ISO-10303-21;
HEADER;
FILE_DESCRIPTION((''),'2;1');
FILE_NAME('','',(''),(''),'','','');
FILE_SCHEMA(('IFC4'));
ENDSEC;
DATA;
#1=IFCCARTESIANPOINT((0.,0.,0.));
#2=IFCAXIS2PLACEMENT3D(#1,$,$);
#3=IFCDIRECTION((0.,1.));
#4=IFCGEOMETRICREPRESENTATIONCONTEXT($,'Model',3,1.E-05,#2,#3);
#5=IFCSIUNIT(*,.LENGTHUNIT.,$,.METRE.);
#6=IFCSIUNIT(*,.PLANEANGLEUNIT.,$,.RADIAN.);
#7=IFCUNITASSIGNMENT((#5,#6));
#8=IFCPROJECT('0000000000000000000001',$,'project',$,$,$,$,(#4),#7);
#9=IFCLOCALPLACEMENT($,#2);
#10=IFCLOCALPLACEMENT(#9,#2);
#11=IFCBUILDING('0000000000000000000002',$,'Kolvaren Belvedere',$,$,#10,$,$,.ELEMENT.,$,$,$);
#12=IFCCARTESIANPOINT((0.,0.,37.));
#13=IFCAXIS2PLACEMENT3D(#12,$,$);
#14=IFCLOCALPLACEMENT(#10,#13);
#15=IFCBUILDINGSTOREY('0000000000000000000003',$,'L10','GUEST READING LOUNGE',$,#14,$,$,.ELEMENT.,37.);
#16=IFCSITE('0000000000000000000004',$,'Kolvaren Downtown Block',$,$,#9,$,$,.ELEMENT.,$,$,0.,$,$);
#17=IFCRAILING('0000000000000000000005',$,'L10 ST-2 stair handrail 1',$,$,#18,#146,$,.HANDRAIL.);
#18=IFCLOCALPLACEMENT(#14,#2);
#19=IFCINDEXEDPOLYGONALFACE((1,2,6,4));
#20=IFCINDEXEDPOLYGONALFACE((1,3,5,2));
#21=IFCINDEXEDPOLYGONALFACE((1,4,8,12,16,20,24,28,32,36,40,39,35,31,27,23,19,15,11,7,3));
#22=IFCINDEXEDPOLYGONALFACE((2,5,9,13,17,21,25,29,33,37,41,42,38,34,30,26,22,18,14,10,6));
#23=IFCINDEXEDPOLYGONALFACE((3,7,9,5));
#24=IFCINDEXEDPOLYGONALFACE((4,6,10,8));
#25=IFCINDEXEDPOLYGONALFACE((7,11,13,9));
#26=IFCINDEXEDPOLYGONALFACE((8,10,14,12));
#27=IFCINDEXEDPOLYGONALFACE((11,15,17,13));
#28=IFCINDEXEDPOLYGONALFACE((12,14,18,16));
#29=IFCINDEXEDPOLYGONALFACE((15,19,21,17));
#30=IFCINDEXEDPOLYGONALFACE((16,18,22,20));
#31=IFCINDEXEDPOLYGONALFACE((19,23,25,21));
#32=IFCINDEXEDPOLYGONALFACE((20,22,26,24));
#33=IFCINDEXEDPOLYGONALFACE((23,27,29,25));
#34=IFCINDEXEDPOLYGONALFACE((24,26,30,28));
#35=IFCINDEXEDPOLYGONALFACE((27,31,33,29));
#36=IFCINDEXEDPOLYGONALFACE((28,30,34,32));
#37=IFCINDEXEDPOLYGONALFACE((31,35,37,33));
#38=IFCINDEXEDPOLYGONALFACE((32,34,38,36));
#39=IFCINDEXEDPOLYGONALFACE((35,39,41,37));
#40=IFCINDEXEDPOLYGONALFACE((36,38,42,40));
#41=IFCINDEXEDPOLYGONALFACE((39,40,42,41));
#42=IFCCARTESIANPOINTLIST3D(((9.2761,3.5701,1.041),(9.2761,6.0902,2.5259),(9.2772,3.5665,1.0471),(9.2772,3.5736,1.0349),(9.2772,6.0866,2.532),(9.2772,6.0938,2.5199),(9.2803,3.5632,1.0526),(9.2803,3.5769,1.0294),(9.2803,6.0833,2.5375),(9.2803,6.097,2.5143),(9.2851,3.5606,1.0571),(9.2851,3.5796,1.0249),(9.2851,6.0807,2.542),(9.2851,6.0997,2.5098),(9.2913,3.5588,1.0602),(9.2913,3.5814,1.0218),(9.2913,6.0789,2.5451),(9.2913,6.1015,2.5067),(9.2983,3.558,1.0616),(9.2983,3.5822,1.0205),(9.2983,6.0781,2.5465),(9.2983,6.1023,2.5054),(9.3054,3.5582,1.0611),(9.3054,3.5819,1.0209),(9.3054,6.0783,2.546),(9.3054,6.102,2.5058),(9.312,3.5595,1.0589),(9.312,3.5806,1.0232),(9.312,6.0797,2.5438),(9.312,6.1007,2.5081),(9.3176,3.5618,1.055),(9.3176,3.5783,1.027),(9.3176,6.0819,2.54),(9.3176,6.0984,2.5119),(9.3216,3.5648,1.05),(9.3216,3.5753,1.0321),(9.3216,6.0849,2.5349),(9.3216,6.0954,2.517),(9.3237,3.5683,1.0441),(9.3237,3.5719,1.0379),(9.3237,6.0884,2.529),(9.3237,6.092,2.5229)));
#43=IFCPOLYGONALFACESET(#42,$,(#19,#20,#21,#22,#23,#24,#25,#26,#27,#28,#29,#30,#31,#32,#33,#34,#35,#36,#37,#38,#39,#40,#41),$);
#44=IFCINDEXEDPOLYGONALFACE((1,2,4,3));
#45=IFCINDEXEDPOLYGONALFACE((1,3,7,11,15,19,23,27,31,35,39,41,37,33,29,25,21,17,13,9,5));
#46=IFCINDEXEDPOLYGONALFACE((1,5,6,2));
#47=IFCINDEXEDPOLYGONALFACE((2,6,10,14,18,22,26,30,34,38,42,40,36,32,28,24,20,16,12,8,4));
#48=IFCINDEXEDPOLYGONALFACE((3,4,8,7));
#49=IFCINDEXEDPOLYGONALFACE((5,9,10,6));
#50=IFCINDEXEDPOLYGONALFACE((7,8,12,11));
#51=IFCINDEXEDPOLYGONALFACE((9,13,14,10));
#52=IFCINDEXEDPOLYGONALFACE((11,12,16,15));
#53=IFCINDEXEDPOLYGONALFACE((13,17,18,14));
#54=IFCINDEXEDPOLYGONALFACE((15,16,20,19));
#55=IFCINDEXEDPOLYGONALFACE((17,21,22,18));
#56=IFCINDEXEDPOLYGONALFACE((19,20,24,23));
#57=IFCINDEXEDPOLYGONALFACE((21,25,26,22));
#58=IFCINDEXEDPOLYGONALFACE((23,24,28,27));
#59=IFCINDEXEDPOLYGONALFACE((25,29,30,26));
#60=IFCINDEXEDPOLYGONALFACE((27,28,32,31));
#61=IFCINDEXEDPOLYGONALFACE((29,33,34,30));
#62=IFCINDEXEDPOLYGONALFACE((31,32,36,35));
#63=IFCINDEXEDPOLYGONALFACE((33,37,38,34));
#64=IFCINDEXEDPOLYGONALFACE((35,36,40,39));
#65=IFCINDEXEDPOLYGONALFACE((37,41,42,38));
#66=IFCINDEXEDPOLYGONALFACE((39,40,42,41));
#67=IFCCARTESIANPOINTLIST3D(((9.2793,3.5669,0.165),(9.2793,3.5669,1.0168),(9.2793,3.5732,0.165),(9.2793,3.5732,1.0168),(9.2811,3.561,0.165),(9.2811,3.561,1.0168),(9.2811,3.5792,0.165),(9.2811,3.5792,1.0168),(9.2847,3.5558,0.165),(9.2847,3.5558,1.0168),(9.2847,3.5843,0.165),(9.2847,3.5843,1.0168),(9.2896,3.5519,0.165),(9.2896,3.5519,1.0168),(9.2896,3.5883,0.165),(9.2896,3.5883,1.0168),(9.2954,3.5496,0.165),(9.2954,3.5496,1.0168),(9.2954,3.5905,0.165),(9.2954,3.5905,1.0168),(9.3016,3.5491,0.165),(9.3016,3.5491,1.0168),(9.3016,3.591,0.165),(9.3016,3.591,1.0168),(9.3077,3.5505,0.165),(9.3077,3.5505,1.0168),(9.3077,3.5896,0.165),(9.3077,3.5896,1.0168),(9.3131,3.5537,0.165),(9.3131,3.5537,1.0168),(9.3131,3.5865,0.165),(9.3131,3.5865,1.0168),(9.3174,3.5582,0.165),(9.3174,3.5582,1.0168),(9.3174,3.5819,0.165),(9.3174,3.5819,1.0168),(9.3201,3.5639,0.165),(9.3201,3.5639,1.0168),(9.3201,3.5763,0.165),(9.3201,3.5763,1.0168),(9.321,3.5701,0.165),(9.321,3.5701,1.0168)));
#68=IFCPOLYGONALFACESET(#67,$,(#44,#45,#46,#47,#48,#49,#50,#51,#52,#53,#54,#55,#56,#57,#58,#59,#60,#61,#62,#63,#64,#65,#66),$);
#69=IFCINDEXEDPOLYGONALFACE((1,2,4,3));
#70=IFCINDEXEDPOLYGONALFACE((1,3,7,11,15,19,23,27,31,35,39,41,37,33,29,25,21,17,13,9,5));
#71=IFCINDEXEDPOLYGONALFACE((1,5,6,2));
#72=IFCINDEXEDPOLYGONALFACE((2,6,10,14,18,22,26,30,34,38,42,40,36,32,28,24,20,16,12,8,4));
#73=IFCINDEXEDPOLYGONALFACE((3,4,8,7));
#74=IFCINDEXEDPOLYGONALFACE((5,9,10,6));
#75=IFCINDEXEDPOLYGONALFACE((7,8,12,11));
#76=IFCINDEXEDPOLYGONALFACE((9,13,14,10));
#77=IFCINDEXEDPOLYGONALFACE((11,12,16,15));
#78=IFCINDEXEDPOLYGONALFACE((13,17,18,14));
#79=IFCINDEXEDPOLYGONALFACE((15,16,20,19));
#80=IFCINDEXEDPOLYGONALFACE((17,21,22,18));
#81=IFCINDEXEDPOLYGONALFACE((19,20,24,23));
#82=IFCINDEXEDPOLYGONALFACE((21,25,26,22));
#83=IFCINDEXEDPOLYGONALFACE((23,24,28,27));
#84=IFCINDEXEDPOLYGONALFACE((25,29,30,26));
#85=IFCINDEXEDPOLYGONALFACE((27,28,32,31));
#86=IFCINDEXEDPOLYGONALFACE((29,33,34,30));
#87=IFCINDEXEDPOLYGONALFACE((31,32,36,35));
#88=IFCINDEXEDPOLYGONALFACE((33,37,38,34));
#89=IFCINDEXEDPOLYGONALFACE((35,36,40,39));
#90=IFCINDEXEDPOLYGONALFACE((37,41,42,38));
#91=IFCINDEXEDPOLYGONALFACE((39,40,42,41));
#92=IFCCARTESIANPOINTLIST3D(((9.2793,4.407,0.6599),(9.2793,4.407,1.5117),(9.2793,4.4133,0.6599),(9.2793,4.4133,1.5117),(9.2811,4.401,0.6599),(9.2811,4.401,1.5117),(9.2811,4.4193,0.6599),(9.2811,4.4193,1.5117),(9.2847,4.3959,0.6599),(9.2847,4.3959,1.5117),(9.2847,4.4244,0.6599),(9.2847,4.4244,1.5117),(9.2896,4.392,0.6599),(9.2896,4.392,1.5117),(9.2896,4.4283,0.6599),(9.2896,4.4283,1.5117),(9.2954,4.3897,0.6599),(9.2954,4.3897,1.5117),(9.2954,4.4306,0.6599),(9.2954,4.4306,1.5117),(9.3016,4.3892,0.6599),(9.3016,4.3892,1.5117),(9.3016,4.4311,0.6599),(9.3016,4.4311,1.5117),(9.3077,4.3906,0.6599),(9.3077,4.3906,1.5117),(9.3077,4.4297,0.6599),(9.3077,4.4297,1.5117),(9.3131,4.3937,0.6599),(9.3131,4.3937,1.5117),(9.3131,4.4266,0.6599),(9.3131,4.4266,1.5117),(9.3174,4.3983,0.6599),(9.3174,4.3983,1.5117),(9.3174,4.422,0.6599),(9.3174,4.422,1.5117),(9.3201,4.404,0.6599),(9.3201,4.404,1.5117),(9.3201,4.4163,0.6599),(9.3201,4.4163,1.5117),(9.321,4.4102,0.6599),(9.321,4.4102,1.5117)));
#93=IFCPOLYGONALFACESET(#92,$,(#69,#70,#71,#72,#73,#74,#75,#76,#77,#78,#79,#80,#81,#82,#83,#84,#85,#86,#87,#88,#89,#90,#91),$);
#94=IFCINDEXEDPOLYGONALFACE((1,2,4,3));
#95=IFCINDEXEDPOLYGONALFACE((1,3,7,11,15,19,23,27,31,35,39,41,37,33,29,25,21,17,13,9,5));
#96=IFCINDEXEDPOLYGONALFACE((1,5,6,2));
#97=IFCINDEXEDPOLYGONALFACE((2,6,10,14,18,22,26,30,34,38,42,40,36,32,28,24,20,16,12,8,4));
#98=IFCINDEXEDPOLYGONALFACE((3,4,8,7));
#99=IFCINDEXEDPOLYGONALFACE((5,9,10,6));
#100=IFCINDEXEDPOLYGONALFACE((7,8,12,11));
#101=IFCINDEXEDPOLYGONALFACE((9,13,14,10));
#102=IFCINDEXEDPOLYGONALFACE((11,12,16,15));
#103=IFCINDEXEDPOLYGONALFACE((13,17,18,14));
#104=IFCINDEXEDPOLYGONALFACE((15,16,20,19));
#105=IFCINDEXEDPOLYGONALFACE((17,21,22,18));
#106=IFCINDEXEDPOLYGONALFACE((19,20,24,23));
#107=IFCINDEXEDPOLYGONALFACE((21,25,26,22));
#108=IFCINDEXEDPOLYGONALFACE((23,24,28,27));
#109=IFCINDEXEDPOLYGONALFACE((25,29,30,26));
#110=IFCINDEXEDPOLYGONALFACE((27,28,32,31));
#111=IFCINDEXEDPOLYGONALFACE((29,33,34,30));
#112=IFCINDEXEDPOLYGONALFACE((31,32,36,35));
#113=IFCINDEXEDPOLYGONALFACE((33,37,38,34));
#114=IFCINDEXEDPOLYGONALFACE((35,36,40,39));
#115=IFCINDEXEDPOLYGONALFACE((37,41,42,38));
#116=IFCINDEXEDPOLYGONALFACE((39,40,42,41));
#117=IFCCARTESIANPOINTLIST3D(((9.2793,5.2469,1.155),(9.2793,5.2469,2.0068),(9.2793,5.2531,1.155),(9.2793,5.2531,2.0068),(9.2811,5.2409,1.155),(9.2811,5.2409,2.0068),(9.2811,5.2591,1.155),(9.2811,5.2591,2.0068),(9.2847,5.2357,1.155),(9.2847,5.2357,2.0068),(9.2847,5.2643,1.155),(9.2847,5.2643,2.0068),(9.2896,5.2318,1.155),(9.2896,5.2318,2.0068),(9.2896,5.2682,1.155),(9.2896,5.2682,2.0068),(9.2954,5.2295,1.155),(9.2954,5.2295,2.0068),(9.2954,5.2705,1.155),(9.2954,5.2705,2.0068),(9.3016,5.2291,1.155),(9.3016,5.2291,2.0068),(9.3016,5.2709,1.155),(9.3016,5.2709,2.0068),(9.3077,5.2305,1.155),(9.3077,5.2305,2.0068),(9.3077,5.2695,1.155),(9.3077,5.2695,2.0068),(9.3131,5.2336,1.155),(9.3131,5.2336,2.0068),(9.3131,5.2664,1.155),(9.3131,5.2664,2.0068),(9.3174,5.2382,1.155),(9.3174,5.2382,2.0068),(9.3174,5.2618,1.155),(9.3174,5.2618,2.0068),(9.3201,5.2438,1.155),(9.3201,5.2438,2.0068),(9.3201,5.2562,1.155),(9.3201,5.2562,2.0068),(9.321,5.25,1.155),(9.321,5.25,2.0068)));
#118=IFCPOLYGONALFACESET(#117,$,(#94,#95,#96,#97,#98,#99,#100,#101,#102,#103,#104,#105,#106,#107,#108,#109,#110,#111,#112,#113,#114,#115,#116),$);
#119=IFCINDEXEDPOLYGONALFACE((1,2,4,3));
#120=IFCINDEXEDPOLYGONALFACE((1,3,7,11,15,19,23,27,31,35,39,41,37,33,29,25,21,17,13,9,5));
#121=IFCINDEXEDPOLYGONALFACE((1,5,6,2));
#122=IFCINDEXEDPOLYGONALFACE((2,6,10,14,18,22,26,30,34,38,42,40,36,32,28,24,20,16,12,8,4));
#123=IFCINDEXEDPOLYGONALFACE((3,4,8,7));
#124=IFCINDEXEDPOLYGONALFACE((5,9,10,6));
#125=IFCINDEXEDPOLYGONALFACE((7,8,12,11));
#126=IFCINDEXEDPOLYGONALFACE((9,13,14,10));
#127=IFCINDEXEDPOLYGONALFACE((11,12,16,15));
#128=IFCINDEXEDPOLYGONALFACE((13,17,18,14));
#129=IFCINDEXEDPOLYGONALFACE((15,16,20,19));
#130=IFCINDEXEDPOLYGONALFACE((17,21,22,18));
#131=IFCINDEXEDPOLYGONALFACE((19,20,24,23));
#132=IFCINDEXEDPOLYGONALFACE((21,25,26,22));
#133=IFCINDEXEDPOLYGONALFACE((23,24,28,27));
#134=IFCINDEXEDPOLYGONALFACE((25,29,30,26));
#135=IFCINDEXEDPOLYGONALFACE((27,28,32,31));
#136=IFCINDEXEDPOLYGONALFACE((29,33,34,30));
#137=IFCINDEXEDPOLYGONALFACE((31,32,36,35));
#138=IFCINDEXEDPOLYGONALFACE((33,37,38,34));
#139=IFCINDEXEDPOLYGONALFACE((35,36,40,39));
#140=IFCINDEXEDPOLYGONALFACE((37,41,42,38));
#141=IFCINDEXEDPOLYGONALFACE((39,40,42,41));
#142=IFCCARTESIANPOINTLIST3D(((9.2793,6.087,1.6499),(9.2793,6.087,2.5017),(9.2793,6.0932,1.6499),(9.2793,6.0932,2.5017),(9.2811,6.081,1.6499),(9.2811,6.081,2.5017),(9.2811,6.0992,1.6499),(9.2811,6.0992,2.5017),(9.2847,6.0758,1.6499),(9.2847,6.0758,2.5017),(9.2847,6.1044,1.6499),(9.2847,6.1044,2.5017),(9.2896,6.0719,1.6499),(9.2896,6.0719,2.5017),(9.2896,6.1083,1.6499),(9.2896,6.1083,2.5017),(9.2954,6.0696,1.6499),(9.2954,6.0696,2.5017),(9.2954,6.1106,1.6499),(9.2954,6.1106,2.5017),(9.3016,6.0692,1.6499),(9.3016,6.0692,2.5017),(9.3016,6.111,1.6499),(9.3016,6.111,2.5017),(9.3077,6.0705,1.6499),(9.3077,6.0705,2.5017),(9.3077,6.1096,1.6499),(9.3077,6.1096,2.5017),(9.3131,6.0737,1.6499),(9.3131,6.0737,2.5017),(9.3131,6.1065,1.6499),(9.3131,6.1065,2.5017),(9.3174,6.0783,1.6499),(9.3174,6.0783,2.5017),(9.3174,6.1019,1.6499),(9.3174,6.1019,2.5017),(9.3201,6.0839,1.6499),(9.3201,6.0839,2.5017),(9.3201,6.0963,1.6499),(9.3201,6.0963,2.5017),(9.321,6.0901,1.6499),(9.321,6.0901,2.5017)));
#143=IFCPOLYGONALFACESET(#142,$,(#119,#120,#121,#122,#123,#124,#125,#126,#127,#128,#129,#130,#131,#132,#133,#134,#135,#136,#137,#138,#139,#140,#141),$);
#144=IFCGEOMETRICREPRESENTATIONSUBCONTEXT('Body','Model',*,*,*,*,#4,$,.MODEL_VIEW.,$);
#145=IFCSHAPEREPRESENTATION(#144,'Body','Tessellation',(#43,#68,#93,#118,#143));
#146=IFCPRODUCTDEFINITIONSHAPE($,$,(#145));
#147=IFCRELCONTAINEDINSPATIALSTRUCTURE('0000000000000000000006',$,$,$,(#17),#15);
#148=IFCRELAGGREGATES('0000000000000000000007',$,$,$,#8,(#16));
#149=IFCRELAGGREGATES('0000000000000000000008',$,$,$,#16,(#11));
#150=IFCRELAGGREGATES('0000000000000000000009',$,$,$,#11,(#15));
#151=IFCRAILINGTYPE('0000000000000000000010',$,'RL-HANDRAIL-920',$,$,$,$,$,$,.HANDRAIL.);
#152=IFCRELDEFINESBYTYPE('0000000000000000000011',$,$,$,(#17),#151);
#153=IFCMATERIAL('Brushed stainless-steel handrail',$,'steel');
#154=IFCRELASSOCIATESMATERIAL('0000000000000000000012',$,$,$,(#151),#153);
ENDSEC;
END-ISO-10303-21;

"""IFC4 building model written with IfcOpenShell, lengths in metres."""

from ifc_helpers import new_model, si_unit, direction, frame, origin, origin_2d, place, context, subcontext, project, spatial, circle, extrude, material, type_object, element, save


model = new_model("IFC4")

# Units and contexts
model_context = context("Model", 3, precision=1e-05, world=origin(), true_north=direction((0.0, 1.0)))
body_context = subcontext(model_context, "Body", "Model", "MODEL_VIEW")
ifc_project = project(units=[si_unit("LENGTHUNIT", "METRE"), si_unit("PLANEANGLEUNIT", "RADIAN")], contexts=[model_context])

# Site, building, storey
site_placement = place(None, origin())
site = spatial("IfcSite", under=ifc_project, at=site_placement, Name="Kolvaren Downtown Block", CompositionType="ELEMENT", RefElevation=0.0)
building_placement = place(site_placement, origin())
building = spatial("IfcBuilding", under=site, at=building_placement, Name="Kolvaren Belvedere", CompositionType="ELEMENT")
storey_placement = place(building_placement, frame((0.0, 0.0, 37.0)))
storey = spatial("IfcBuildingStorey", under=building, at=storey_placement, Name="L10", Description="GUEST READING LOUNGE", CompositionType="ELEMENT", Elevation=37.0)

# Railing
ifc_material_1 = material(Name="Brushed stainless-steel handrail", Category="steel")
railing_type_1 = type_object("IfcRailingType", Name="RL-HANDRAIL-920", PredefinedType="HANDRAIL", material=ifc_material_1)
railing_1_placement = place(storey_placement, frame((9.3, 3.5701, 0.165)))
element("IfcRailing", 1, at=railing_1_placement, inside=storey, type_object=railing_type_1, Name="L10 ST-2 stair handrail 1", PredefinedType="HANDRAIL", context=body_context, shape_type="SweptSolid", body=[
    extrude(circle(Radius=0.0239, at=origin_2d()), frame((0.0, 0.0, 0.876), z_axis=(0.0, 0.861561, 0.507655), x_axis=(-1.0, 0.0, 0.0)), (0.0, 0.0, 1.0), 2.925),
    extrude(circle(Radius=0.021, at=origin_2d()), origin(), (0.0, 0.0, 1.0), 0.8518),
    extrude(circle(Radius=0.021, at=origin_2d()), frame((0.0, 0.8401, 0.4949)), (0.0, 0.0, 1.0), 0.8518),
    extrude(circle(Radius=0.021, at=origin_2d()), frame((0.0, 1.6799, 0.99)), (0.0, 0.0, 1.0), 0.8518),
    extrude(circle(Radius=0.021, at=origin_2d()), frame((0.0, 2.52, 1.4849)), (0.0, 0.0, 1.0), 0.8518),
])

save(model, "model.ifc")
